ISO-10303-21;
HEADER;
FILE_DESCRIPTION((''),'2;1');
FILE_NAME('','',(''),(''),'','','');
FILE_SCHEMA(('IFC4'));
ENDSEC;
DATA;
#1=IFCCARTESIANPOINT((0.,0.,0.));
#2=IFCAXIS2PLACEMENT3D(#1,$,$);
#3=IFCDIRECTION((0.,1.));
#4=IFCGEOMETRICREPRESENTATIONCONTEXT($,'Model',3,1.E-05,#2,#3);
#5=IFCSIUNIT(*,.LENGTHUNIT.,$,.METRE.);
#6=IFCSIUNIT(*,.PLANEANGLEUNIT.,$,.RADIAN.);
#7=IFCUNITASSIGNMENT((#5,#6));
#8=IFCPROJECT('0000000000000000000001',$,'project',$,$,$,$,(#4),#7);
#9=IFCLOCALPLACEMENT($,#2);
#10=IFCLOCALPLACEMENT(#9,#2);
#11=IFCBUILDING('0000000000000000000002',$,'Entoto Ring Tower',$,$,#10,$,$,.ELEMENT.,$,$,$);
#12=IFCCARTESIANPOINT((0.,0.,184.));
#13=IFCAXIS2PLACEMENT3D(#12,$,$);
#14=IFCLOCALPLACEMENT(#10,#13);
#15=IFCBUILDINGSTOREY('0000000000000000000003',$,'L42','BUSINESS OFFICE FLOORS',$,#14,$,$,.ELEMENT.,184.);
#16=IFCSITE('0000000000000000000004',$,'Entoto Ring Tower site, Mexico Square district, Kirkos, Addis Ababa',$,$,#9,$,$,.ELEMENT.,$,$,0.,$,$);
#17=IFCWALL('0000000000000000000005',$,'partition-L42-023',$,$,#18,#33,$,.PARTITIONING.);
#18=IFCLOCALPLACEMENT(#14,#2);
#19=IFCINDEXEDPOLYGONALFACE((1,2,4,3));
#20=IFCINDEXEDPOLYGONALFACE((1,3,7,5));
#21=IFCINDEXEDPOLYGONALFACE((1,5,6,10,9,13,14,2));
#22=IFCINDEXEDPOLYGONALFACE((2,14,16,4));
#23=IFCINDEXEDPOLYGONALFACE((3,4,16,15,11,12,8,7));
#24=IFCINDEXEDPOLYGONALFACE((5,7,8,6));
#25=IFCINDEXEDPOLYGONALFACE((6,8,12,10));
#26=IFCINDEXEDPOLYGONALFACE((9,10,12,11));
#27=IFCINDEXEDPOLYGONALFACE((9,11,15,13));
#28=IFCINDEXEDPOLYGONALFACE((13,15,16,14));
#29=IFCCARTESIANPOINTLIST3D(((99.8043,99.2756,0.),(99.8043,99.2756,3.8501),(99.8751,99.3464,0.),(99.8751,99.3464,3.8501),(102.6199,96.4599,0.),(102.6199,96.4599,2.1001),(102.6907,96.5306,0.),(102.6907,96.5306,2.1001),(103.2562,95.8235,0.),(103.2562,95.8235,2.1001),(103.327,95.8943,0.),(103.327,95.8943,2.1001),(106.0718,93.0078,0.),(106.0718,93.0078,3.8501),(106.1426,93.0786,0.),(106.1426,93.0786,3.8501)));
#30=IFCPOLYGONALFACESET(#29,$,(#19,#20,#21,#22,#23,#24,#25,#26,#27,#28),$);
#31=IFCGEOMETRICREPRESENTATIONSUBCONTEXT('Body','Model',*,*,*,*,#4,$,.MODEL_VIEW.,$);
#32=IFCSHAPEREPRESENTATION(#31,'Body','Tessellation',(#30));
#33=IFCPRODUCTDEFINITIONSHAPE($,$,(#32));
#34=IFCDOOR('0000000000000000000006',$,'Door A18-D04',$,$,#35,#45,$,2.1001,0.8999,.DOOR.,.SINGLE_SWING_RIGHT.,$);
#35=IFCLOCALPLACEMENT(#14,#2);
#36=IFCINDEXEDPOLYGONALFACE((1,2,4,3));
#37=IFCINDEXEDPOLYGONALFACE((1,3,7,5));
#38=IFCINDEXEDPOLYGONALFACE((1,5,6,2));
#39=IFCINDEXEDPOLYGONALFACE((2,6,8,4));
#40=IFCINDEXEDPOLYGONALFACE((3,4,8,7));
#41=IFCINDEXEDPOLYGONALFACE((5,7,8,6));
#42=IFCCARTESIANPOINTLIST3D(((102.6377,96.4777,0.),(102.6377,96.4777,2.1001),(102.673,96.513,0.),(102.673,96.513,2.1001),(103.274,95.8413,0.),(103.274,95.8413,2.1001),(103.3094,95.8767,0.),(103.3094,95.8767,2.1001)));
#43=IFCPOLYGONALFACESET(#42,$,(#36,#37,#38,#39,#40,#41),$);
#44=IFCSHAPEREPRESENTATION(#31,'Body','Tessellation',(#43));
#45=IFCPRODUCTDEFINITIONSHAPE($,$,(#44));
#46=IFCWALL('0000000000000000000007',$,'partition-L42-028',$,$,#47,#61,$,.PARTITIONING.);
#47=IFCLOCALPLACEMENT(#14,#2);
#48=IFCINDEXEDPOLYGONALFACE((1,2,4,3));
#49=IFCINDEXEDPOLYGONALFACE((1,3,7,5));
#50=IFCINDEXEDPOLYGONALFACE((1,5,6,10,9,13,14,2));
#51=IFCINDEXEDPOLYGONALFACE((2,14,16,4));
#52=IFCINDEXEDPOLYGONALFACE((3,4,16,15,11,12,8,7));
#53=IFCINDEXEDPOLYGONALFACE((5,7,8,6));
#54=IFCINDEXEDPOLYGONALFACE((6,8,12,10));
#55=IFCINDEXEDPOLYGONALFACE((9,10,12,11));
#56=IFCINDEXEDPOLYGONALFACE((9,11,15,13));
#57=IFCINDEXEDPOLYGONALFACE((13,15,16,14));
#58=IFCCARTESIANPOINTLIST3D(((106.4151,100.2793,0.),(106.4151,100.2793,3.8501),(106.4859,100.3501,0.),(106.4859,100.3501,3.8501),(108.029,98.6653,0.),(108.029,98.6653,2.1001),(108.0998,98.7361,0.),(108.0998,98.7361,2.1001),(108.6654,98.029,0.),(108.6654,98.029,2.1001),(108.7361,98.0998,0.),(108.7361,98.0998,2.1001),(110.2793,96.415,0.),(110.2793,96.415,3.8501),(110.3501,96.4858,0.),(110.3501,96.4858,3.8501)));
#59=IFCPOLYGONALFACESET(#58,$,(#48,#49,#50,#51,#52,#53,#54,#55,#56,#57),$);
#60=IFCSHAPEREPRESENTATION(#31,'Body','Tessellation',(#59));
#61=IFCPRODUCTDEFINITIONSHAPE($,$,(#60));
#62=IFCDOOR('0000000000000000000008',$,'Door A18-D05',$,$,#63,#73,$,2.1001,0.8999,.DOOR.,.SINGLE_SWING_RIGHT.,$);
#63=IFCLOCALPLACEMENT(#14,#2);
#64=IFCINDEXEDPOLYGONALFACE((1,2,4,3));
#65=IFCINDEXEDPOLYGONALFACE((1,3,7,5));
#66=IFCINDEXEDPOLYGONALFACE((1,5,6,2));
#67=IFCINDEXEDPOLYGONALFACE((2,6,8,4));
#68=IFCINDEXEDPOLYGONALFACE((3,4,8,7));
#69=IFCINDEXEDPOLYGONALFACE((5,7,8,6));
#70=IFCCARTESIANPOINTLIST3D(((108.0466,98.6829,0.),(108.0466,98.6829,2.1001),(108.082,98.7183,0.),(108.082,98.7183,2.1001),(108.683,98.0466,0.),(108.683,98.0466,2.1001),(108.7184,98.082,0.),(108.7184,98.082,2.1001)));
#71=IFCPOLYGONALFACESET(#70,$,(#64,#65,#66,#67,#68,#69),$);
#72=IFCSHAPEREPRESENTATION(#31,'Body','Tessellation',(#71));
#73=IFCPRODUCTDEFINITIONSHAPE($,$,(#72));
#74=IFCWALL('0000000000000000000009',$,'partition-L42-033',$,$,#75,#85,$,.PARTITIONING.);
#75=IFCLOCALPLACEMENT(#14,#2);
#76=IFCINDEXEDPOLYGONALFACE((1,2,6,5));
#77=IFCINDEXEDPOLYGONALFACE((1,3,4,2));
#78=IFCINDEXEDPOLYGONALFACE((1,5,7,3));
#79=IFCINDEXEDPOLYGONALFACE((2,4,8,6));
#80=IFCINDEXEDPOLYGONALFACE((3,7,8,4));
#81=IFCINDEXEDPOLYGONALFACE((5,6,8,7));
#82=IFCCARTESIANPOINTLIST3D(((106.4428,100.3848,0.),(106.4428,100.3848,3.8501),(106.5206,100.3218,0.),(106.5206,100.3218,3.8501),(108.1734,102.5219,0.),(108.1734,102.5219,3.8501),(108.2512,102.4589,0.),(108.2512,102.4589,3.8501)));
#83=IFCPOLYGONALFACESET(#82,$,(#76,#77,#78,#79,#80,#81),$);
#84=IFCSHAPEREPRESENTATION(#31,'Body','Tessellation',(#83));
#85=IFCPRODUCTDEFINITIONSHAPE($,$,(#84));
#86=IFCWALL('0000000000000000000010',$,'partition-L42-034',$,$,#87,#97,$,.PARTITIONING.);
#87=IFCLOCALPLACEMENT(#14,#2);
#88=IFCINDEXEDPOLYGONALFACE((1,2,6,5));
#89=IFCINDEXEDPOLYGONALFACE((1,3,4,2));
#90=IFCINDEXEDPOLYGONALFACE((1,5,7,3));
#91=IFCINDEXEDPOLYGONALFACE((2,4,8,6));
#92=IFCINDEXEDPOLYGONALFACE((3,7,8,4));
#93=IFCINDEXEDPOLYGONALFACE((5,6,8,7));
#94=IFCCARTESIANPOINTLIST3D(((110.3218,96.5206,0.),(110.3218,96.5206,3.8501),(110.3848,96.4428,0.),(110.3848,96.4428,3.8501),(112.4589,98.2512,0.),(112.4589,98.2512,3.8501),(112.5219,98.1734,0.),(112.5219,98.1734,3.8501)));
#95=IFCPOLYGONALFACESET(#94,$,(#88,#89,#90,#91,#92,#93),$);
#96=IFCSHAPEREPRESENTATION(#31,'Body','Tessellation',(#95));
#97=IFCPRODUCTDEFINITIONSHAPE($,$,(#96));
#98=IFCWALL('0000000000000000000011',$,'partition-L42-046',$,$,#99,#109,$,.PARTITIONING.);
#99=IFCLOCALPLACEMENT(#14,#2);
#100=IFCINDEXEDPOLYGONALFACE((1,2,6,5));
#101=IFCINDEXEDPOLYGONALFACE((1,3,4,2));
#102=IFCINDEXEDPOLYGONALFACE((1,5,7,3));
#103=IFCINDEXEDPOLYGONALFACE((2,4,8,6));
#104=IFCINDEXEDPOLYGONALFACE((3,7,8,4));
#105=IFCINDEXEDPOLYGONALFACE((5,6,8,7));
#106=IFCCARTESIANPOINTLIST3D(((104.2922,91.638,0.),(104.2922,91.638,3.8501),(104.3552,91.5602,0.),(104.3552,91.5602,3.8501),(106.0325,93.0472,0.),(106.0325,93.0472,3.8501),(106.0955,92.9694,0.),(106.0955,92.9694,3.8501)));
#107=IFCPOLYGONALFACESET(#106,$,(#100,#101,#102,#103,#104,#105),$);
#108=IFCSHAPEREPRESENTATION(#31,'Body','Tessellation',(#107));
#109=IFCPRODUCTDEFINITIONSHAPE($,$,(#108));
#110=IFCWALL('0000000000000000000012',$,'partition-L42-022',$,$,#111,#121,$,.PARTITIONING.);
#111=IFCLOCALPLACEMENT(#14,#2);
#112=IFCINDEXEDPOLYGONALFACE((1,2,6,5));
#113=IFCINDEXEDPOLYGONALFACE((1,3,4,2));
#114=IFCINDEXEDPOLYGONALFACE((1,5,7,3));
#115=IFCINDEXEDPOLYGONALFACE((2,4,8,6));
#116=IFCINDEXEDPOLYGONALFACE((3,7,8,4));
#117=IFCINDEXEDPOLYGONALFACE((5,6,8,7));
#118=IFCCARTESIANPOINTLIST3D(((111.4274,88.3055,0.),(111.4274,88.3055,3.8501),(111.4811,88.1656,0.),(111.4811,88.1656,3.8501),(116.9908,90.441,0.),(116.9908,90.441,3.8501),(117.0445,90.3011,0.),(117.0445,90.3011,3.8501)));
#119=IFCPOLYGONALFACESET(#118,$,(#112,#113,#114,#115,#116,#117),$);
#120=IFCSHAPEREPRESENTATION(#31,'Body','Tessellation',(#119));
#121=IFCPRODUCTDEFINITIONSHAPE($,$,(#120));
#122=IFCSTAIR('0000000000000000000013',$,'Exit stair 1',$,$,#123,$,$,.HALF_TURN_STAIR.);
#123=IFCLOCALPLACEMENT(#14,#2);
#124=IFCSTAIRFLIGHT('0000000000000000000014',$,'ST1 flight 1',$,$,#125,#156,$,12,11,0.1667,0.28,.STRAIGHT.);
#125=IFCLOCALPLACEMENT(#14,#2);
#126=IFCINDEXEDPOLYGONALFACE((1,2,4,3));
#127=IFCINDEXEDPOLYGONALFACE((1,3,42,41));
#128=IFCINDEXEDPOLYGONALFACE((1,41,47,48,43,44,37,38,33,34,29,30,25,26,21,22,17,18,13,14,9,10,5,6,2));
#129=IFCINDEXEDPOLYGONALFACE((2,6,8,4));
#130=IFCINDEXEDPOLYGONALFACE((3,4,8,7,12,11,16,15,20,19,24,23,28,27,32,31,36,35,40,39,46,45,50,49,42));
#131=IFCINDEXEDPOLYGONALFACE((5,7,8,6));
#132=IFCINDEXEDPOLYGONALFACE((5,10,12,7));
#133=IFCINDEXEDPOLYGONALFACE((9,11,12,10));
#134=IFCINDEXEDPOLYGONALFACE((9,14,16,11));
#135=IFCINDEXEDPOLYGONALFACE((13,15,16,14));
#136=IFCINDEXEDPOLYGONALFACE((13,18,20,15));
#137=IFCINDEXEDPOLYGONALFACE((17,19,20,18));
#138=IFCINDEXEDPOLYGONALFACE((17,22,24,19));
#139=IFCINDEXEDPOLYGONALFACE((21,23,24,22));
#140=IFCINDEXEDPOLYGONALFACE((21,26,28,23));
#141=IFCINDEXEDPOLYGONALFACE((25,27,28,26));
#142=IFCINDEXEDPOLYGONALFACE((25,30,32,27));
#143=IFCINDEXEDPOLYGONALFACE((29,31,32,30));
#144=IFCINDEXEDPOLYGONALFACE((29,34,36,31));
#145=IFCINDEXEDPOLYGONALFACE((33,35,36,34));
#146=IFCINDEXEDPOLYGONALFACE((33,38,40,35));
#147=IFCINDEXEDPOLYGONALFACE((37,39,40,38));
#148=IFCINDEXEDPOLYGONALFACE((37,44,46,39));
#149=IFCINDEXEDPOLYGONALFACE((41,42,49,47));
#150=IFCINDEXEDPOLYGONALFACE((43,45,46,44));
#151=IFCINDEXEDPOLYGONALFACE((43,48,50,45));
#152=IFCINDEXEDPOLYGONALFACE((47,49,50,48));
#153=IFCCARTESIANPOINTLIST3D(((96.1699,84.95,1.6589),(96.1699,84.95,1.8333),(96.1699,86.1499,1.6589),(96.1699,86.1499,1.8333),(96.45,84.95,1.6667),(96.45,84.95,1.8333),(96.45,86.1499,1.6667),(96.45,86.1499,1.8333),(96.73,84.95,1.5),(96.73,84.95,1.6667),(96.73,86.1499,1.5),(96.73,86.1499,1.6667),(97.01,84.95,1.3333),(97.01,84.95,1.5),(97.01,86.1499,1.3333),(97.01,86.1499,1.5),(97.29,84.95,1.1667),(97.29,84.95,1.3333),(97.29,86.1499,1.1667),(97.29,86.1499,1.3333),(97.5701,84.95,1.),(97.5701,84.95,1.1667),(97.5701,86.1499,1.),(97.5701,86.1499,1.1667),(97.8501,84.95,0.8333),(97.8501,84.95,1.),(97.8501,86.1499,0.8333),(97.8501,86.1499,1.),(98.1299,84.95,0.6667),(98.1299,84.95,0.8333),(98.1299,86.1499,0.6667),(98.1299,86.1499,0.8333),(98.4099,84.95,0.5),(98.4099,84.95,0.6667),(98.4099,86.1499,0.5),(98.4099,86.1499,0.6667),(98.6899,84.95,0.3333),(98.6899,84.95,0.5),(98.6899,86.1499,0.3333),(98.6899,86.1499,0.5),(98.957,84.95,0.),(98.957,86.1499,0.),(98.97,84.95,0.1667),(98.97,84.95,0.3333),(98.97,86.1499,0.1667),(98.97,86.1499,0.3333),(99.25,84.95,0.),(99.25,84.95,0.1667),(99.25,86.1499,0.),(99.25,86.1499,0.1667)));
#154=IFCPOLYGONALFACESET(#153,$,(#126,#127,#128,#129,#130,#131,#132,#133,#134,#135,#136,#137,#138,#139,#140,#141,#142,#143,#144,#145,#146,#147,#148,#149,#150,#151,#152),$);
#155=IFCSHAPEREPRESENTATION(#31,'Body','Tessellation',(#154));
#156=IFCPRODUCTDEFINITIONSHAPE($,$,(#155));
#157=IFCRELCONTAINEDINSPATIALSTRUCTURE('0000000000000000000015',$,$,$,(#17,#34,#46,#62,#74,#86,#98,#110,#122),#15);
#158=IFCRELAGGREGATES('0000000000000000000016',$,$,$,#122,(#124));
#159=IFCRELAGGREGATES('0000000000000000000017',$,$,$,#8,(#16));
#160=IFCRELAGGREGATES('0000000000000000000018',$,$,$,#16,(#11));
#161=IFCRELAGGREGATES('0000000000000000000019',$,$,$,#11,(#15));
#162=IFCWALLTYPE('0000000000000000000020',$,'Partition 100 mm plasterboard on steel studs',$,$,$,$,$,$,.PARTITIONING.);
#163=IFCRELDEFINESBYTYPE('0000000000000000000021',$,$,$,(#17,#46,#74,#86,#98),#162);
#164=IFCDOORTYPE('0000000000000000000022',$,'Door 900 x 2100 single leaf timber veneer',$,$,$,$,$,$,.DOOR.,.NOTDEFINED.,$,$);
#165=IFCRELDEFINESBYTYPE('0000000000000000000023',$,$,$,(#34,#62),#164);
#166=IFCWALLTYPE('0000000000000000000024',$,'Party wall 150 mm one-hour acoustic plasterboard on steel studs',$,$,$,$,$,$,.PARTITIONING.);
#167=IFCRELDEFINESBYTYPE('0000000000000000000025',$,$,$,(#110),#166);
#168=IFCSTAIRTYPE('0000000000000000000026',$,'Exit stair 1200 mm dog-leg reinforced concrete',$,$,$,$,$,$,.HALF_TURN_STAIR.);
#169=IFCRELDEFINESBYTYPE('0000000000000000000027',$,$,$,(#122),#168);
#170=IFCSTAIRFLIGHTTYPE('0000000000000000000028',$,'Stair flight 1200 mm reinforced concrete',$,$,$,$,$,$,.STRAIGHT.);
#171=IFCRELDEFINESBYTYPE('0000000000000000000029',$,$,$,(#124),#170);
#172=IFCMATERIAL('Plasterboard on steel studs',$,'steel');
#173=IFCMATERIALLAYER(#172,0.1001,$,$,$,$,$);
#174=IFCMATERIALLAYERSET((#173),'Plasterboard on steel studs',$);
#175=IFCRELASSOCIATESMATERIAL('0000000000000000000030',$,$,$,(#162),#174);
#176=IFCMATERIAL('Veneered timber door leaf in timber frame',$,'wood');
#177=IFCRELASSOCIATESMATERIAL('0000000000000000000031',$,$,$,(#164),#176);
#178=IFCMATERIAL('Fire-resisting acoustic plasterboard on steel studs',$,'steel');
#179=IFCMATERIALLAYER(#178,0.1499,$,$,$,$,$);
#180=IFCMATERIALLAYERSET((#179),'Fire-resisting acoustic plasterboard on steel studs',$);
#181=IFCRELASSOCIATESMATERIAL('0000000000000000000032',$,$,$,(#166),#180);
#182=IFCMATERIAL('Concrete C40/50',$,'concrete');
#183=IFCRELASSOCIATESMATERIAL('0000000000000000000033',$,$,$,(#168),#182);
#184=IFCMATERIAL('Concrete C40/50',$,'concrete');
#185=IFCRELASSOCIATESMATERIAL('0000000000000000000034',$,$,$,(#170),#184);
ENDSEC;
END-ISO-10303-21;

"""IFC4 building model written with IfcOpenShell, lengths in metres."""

from ifc_helpers import new_model, si_unit, direction, frame, frame_2d, origin, place, context, subcontext, project, spatial, polyline, rectangle, outline, extrude, material, layer, layer_set, type_object, element, fill, aggregate, save


model = new_model("IFC4")

# Units and contexts
model_context = context("Model", 3, precision=1e-05, world=origin(), true_north=direction((0.0, 1.0)))
body_context = subcontext(model_context, "Body", "Model", "MODEL_VIEW")
ifc_project = project(units=[si_unit("LENGTHUNIT", "METRE"), si_unit("PLANEANGLEUNIT", "RADIAN")], contexts=[model_context])

# Site, building, storey
site_placement = place(None, origin())
site = spatial("IfcSite", under=ifc_project, at=site_placement, Name="Entoto Ring Tower site, Mexico Square district, Kirkos, Addis Ababa", CompositionType="ELEMENT", RefElevation=0.0)
building_placement = place(site_placement, origin())
building = spatial("IfcBuilding", under=site, at=building_placement, Name="Entoto Ring Tower", CompositionType="ELEMENT")
storey_placement = place(building_placement, frame((0.0, 0.0, 184.0)))
storey = spatial("IfcBuildingStorey", under=building, at=storey_placement, Name="L42", Description="BUSINESS OFFICE FLOORS", CompositionType="ELEMENT", Elevation=184.0)

# Walls, openings, doors
ifc_material_1 = material(Name="Plasterboard on steel studs", Category="steel")
ifc_layer_1 = layer(ifc_material_1, 0.1001)
ifc_layer_set_1 = layer_set([ifc_layer_1], Name="Plasterboard on steel studs")
wall_type_1 = type_object("IfcWallType", Name="Partition 100 mm plasterboard on steel studs", PredefinedType="PARTITIONING", material=ifc_layer_set_1)
wall_1_placement = place(storey_placement, frame((106.1072, 93.0432, 0.0), z_axis=(0.0, 0.0, 1.0), x_axis=(-0.707093, 0.707121, 0.0)))
wall_1 = element("IfcWall", 1, at=wall_1_placement, inside=storey, type_object=wall_type_1, Name="partition-L42-023", PredefinedType="PARTITIONING", context=body_context, shape_type="SweptSolid", body=[
    extrude(rectangle(XDim=8.8638, YDim=0.1001, at=frame_2d((4.4319, 0.0))), origin(), (0.0, 0.0, 1.0), 3.8501),
])
opening_1_placement = place(wall_1_placement, frame((3.9819, 0.0, 0.0)))
opening_1 = element("IfcOpeningElement", 2, at=opening_1_placement, cuts=wall_1, PredefinedType="OPENING", context=body_context, shape_type="SweptSolid", body=[
    extrude(rectangle(XDim=0.8999, YDim=2.1001, at=frame_2d((0.45, 1.05))), frame((0.0, 0.0601, 0.0), z_axis=(0.0, -1.0, 0.0), x_axis=(1.0, 0.0, 0.0)), (0.0, 0.0, 1.0), 0.1201),
])
ifc_material_2 = material(Name="Veneered timber door leaf in timber frame", Category="wood")
door_type_1 = type_object("IfcDoorType", Name="Door 900 x 2100 single leaf timber veneer", OperationType="NOTDEFINED", PredefinedType="DOOR", material=ifc_material_2)
door_1_placement = place(opening_1_placement, origin())
door_1 = element("IfcDoor", 3, at=door_1_placement, inside=storey, type_object=door_type_1, Name="Door A18-D04", OperationType="SINGLE_SWING_RIGHT", OverallHeight=2.1001, OverallWidth=0.8999, PredefinedType="DOOR", context=body_context, shape_type="SweptSolid", body=[
    extrude(rectangle(XDim=0.8999, YDim=2.1001, at=frame_2d((0.45, 1.05))), frame((0.0, 0.0249, 0.0), z_axis=(0.0, -1.0, 0.0), x_axis=(1.0, 0.0, 0.0)), (0.0, 0.0, 1.0), 0.05),
])
fill(opening_1, door_1)
wall_2_placement = place(storey_placement, frame((110.3147, 96.4504, 0.0), z_axis=(0.0, 0.0, 1.0), x_axis=(-0.707107, 0.707107, 0.0)))
wall_2 = element("IfcWall", 4, at=wall_2_placement, inside=storey, type_object=wall_type_1, Name="partition-L42-028", PredefinedType="PARTITIONING", context=body_context, shape_type="SweptSolid", body=[
    extrude(rectangle(XDim=5.4648, YDim=0.1001, at=frame_2d((2.7324, 0.0))), origin(), (0.0, 0.0, 1.0), 3.8501),
])
opening_2_placement = place(wall_2_placement, frame((2.2825, 0.0, 0.0)))
opening_2 = element("IfcOpeningElement", 5, at=opening_2_placement, cuts=wall_2, PredefinedType="OPENING", context=body_context, shape_type="SweptSolid", body=[
    extrude(rectangle(XDim=0.8999, YDim=2.1001, at=frame_2d((0.45, 1.05))), frame((0.0, 0.0601, 0.0), z_axis=(0.0, -1.0, 0.0), x_axis=(1.0, 0.0, 0.0)), (0.0, 0.0, 1.0), 0.1201),
])
door_2_placement = place(opening_2_placement, frame((0.8999, 0.0, 0.0), z_axis=(0.0, 0.0, 1.0), x_axis=(-1.0, 0.0, 0.0)))
door_2 = element("IfcDoor", 6, at=door_2_placement, inside=storey, type_object=door_type_1, Name="Door A18-D05", OperationType="SINGLE_SWING_RIGHT", OverallHeight=2.1001, OverallWidth=0.8999, PredefinedType="DOOR", context=body_context, shape_type="SweptSolid", body=[
    extrude(rectangle(XDim=0.8999, YDim=2.1001, at=frame_2d((0.45, 1.05))), frame((0.0, 0.0249, 0.0), z_axis=(0.0, -1.0, 0.0), x_axis=(1.0, 0.0, 0.0)), (0.0, 0.0, 1.0), 0.05),
])
fill(opening_2, door_2)

# Walls
for number, where, z_axis, x_axis, name in (
    (7, (106.4817, 100.3533, 0.0), (0.0, 0.0, 1.0), (0.629328, 0.777139, 0.0), "partition-L42-033"),
    (8, (110.3533, 96.4817, 0.0), (0.0, 0.0, 1.0), (0.777139, 0.629328, 0.0), "partition-L42-034"),
):
    element("IfcWall", number, at=place(storey_placement, frame(where, z_axis=z_axis, x_axis=x_axis)), inside=storey, type_object=wall_type_1, Name=name, PredefinedType="PARTITIONING", context=body_context, shape_type="SweptSolid", body=[
        extrude(rectangle(XDim=2.75, YDim=0.1001, at=frame_2d((1.375, 0.0))), origin(), (0.0, 0.0, 1.0), 3.8501),
    ])
wall_3_placement = place(storey_placement, frame((104.3237, 91.5991, 0.0), z_axis=(0.0, 0.0, 1.0), x_axis=(0.777153, 0.629311, 0.0)))
element("IfcWall", 9, at=wall_3_placement, inside=storey, type_object=wall_type_1, Name="partition-L42-046", PredefinedType="PARTITIONING", context=body_context, shape_type="SweptSolid", body=[
    extrude(rectangle(XDim=2.2393, YDim=0.1001, at=frame_2d((1.1196, 0.0))), origin(), (0.0, 0.0, 1.0), 3.8501),
])
ifc_material_3 = material(Name="Fire-resisting acoustic plasterboard on steel studs", Category="steel")
ifc_layer_2 = layer(ifc_material_3, 0.1499)
ifc_layer_set_2 = layer_set([ifc_layer_2], Name="Fire-resisting acoustic plasterboard on steel studs")
wall_type_2 = type_object("IfcWallType", Name="Party wall 150 mm one-hour acoustic plasterboard on steel studs", PredefinedType="PARTITIONING", material=ifc_layer_set_2)
wall_4_placement = place(storey_placement, frame((111.4543, 88.2356, 0.0), z_axis=(0.0, 0.0, 1.0), x_axis=(0.933587, 0.35835, 0.0)))
element("IfcWall", 10, at=wall_4_placement, inside=storey, type_object=wall_type_2, Name="partition-L42-022", PredefinedType="PARTITIONING", context=body_context, shape_type="SweptSolid", body=[
    extrude(rectangle(XDim=5.9592, YDim=0.1499, at=frame_2d((2.9795, 0.0))), origin(), (0.0, 0.0, 1.0), 3.8501),
])

# Stair, stair flight
ifc_material_4 = material(Name="Concrete C40/50", Category="concrete")
stair_type = type_object("IfcStairType", Name="Exit stair 1200 mm dog-leg reinforced concrete", PredefinedType="HALF_TURN_STAIR", material=ifc_material_4)
stair_placement = place(storey_placement, origin())
stair = element("IfcStair", 11, at=stair_placement, inside=storey, type_object=stair_type, Name="Exit stair 1", PredefinedType="HALF_TURN_STAIR")
ifc_material_5 = material(Name="Concrete C40/50", Category="concrete")
stair_flight_type = type_object("IfcStairFlightType", Name="Stair flight 1200 mm reinforced concrete", PredefinedType="STRAIGHT", material=ifc_material_5)
stair_flight_placement = place(storey_placement, frame((99.25, 85.55, 0.0), z_axis=(0.0, 0.0, 1.0), x_axis=(-1.0, 0.0, 0.0)))
stair_flight = element("IfcStairFlight", 12, at=stair_flight_placement, type_object=stair_flight_type, Name="ST1 flight 1", NumberOfRisers=12, NumberOfTreads=11, PredefinedType="STRAIGHT", RiserHeight=0.1667, TreadLength=0.28, context=body_context, shape_type="SweptSolid", body=[
    extrude(outline(polyline([(0.0, 0.0), (0.0, 0.1667), (0.28, 0.1667), (0.28, 0.3333), (0.5601, 0.3333), (0.5601, 0.5), (0.8401, 0.5), (0.8401, 0.6667), (1.1201, 0.6667), (1.1201, 0.8333), (1.3999, 0.8333), (1.3999, 1.0), (1.6799, 1.0), (1.6799, 1.1667), (1.96, 1.1667), (1.96, 1.3333), (2.24, 1.3333), (2.24, 1.5), (2.52, 1.5), (2.52, 1.6667), (2.8, 1.6667), (2.8, 1.8333), (3.0801, 1.8333), (3.0801, 2.0), (3.0801, 1.6589), (0.293, 0.0), (0.0, 0.0)])), frame((0.0, 0.6001, 0.0), z_axis=(0.0, -1.0, 0.0), x_axis=(1.0, 0.0, 0.0)), (0.0, 0.0, 1.0), 1.2),
])
aggregate(stair, [stair_flight])

save(model, "model.ifc")
